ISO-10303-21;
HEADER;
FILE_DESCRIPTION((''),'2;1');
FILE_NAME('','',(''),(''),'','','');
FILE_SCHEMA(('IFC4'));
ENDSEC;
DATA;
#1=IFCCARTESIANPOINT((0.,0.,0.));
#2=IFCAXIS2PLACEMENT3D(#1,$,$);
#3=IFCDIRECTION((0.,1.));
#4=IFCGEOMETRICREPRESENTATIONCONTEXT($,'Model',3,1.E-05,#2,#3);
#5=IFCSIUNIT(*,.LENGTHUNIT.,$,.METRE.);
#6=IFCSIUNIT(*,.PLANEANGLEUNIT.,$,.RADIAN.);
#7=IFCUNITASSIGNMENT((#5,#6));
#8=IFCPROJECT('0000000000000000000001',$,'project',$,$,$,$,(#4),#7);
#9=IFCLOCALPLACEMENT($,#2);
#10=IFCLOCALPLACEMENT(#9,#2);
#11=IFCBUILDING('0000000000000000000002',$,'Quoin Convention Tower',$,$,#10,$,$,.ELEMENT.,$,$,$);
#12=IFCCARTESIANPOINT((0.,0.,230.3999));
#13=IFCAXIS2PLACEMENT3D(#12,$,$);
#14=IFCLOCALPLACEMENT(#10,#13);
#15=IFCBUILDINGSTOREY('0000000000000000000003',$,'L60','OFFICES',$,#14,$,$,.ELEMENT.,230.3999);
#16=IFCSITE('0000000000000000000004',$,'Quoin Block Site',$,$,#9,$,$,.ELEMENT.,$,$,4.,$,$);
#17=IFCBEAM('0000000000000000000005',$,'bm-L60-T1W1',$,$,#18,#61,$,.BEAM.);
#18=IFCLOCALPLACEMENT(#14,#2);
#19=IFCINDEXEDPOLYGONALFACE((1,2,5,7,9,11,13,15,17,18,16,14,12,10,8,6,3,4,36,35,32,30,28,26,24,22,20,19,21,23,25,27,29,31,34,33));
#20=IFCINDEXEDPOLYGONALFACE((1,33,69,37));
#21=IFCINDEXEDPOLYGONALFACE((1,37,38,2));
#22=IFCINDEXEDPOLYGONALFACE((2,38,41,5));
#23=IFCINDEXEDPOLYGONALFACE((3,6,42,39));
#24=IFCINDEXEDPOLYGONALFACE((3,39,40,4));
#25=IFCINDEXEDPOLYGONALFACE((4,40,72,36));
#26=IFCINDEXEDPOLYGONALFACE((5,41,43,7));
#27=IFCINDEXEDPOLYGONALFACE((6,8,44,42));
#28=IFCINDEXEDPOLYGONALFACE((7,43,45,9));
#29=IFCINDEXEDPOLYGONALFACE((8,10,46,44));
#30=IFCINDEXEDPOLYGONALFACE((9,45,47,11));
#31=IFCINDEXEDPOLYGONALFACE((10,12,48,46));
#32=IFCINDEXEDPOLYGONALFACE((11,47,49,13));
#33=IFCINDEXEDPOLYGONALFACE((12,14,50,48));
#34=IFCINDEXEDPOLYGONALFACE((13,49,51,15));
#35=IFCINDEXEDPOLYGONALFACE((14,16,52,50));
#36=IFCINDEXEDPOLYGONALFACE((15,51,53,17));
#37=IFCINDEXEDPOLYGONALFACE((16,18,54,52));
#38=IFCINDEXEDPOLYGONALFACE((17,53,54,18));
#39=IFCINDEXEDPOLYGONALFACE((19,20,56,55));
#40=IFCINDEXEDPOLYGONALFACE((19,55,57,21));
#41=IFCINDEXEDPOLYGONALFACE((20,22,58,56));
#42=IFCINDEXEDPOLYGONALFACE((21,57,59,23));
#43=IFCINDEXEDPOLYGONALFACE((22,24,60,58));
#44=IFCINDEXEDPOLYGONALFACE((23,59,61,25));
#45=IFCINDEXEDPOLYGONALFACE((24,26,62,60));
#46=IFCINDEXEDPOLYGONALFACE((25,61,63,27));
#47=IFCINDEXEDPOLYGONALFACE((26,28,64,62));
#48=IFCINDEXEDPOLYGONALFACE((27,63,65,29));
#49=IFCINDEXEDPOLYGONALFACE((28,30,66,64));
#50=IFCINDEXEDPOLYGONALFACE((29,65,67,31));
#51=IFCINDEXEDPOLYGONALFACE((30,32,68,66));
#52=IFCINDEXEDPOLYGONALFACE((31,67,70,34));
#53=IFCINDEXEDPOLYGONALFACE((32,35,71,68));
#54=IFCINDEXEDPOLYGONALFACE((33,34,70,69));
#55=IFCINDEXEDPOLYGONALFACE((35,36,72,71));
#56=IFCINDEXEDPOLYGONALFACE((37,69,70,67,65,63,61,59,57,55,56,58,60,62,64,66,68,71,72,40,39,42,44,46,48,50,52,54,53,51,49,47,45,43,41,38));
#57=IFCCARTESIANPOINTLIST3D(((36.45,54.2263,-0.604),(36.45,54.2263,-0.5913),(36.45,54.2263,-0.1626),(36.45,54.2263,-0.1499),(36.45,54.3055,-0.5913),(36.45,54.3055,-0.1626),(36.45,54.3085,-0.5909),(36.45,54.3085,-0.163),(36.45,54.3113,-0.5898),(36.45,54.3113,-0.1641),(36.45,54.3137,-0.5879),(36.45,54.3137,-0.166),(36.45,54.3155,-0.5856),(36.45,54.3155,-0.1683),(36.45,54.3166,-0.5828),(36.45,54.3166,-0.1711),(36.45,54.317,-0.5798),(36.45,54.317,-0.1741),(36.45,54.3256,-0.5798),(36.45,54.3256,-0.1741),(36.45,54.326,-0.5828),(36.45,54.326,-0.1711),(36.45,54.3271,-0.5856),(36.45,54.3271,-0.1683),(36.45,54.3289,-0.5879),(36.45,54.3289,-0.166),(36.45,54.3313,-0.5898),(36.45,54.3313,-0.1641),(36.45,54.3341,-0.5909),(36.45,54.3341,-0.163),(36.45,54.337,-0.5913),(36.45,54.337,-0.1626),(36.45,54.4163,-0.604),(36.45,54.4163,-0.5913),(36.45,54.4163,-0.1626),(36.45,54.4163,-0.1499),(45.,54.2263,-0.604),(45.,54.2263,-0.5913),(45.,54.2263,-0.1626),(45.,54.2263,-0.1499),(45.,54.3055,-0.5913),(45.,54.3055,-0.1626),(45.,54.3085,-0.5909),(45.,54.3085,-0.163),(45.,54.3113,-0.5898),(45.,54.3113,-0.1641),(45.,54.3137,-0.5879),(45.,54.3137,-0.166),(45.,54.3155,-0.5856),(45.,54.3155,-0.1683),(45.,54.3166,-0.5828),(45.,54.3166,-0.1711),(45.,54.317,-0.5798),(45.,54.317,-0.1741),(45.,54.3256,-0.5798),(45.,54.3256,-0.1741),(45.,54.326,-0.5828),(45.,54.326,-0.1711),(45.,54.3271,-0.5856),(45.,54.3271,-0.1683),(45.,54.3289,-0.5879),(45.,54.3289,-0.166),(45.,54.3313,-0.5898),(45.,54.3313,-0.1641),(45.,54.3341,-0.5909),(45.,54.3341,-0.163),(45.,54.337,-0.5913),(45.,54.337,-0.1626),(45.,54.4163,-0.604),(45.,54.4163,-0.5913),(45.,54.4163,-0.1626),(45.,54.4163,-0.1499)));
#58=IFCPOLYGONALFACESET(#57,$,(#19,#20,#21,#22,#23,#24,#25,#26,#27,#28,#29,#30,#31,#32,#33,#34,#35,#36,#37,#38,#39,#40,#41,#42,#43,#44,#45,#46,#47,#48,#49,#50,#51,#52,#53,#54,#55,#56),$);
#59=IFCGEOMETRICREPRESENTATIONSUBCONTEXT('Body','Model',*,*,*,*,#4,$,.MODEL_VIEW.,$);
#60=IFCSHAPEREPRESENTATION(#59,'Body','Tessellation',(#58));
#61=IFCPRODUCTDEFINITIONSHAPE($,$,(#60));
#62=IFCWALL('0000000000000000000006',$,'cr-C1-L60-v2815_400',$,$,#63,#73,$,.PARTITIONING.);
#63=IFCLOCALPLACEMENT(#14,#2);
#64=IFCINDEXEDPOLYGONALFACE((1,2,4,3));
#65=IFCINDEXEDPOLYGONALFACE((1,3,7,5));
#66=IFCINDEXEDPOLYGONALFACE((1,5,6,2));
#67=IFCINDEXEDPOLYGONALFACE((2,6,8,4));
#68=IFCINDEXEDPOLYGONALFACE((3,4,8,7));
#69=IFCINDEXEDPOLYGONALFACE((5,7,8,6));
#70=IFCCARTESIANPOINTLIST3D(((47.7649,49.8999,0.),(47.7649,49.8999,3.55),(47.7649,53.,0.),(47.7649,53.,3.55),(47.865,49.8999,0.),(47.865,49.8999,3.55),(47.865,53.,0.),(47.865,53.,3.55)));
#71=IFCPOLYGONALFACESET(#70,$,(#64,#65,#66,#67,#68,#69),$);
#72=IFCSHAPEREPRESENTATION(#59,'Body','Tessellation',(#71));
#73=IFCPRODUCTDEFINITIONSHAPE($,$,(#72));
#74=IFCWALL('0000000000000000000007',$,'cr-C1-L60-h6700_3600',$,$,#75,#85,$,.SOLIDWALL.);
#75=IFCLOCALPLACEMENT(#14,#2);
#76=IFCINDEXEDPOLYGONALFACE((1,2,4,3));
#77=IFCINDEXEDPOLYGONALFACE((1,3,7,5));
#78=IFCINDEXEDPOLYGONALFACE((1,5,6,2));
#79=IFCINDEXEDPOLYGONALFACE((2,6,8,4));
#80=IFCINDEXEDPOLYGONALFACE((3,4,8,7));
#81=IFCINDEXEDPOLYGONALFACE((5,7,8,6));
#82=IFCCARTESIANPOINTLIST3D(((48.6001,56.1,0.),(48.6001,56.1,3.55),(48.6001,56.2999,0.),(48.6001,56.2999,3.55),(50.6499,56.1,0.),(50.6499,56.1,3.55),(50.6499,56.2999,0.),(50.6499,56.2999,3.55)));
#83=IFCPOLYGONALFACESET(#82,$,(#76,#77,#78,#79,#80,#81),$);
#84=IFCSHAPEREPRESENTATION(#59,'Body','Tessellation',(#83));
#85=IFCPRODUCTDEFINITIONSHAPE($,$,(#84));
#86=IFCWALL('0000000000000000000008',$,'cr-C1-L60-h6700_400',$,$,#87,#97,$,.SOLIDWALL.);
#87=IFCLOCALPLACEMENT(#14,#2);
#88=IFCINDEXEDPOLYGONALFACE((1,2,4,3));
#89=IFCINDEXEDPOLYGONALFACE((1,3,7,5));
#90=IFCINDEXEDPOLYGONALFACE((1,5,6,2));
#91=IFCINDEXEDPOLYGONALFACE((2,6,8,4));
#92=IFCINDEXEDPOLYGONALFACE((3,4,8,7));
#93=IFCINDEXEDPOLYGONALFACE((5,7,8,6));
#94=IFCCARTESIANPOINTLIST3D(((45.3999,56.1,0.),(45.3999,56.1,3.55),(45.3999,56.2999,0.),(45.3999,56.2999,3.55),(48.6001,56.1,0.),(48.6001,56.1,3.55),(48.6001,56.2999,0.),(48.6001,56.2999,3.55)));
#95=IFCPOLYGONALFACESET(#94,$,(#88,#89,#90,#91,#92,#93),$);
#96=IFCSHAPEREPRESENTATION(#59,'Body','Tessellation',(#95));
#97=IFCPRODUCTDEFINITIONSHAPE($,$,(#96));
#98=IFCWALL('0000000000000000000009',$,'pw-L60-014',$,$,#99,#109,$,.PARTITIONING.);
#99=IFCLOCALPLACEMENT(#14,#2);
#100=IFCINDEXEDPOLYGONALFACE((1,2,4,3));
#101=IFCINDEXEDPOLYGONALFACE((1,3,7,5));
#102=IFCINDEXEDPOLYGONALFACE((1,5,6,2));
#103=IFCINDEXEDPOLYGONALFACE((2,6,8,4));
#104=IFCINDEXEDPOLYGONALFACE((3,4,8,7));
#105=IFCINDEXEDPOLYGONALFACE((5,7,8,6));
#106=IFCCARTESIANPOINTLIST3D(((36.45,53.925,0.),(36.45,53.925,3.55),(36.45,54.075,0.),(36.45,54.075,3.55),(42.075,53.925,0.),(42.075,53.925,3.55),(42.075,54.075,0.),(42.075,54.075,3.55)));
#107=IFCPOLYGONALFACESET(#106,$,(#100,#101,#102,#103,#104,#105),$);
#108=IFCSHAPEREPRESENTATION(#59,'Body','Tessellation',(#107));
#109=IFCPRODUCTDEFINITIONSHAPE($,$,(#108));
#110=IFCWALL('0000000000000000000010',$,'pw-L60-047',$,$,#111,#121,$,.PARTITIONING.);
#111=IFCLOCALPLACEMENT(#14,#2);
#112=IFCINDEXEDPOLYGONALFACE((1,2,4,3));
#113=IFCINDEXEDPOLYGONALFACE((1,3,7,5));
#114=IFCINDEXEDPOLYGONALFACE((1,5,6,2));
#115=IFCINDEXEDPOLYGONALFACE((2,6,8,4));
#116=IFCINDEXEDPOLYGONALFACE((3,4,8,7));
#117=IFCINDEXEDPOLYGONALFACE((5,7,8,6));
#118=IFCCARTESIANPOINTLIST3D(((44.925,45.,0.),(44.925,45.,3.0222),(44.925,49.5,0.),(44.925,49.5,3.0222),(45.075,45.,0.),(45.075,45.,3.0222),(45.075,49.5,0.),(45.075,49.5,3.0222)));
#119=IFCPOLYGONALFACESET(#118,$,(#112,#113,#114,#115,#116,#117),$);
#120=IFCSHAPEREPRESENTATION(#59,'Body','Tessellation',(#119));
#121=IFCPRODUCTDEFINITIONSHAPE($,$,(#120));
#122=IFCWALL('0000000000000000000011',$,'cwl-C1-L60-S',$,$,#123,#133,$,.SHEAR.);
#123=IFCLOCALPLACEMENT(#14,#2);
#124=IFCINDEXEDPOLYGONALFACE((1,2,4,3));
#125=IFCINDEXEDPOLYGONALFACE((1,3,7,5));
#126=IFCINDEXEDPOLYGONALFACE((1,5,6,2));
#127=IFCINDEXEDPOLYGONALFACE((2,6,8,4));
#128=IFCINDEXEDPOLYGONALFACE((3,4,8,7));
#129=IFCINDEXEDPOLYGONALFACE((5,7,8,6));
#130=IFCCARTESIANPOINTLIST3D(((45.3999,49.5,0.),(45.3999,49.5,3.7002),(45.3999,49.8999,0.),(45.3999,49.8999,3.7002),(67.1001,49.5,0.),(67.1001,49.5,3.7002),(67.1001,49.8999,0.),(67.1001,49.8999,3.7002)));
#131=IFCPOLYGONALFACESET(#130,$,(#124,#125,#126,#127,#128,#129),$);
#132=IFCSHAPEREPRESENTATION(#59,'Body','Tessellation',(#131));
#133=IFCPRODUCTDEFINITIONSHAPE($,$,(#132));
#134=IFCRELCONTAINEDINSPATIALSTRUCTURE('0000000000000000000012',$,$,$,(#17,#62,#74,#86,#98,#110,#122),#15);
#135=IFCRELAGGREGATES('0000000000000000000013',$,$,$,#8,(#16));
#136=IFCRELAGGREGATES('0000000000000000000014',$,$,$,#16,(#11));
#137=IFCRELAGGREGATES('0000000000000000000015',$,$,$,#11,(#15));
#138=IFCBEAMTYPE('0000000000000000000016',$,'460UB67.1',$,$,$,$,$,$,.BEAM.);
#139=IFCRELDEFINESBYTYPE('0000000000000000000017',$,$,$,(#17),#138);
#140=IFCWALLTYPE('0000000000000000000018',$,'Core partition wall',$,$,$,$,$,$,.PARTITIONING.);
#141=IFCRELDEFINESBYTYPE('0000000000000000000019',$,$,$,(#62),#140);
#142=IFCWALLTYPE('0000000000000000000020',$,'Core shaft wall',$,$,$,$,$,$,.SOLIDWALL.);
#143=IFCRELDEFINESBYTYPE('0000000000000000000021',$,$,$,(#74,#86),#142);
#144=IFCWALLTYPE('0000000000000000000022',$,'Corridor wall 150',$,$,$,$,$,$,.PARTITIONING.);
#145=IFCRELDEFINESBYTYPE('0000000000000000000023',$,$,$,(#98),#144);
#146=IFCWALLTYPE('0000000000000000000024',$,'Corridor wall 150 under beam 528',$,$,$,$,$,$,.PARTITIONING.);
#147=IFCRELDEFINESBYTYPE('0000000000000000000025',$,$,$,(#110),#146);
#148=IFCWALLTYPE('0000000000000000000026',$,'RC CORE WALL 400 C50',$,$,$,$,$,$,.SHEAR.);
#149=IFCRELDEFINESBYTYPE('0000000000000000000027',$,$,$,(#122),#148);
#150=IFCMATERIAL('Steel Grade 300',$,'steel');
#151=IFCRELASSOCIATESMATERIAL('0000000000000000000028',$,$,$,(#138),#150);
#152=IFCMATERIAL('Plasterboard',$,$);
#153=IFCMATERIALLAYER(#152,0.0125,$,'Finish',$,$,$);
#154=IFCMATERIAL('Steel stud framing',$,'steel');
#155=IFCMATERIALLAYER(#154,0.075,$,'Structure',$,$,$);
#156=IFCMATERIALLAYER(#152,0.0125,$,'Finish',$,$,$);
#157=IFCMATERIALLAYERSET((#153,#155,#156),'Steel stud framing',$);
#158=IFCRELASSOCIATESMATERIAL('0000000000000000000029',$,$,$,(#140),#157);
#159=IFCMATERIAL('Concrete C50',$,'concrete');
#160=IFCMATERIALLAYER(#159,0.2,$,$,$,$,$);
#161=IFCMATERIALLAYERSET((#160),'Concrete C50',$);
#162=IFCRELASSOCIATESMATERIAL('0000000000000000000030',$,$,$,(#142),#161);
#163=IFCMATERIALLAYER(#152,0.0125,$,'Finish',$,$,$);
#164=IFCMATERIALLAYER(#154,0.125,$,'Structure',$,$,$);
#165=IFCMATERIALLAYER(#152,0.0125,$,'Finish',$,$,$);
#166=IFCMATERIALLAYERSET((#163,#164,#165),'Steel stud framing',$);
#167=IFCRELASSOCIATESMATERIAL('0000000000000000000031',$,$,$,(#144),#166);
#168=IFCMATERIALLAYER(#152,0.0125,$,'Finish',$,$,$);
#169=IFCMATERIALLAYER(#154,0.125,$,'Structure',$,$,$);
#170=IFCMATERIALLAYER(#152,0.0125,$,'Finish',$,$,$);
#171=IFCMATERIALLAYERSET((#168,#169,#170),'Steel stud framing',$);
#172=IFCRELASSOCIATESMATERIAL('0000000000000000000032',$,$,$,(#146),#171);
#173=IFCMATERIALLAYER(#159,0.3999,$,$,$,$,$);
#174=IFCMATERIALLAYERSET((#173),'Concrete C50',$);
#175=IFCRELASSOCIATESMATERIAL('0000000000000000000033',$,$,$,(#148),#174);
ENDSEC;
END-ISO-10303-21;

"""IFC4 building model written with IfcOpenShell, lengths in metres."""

from ifc_helpers import new_model, si_unit, direction, frame, frame_2d, origin, origin_2d, place, context, subcontext, project, spatial, rectangle, i_section, extrude, material, layer, layer_set, material_profile, profile_set, type_object, element, save


model = new_model("IFC4")

# Units and contexts
model_context = context("Model", 3, precision=1e-05, world=origin(), true_north=direction((0.0, 1.0)))
body_context = subcontext(model_context, "Body", "Model", "MODEL_VIEW")
ifc_project = project(units=[si_unit("LENGTHUNIT", "METRE"), si_unit("PLANEANGLEUNIT", "RADIAN")], contexts=[model_context])

# Site, building, storey
site_placement = place(None, origin())
site = spatial("IfcSite", under=ifc_project, at=site_placement, Name="Quoin Block Site", CompositionType="ELEMENT", RefElevation=4.0)
building_placement = place(site_placement, origin())
building = spatial("IfcBuilding", under=site, at=building_placement, Name="Quoin Convention Tower", CompositionType="ELEMENT")
storey_placement = place(building_placement, frame((0.0, 0.0, 230.3999)))
storey = spatial("IfcBuildingStorey", under=building, at=storey_placement, Name="L60", Description="OFFICES", CompositionType="ELEMENT", Elevation=230.3999)

# Beam
ifc_material_1 = material(Name="Steel Grade 300", Category="steel")
ifc_material_profile = material_profile(ifc_material_1, i_section(OverallWidth=0.1899, OverallDepth=0.4541, WebThickness=0.0085, FlangeThickness=0.0127, FilletRadius=0.0115, at=origin_2d()), Name="460UB67.1")
ifc_profile_set = profile_set([ifc_material_profile], Name="Steel Grade 300")
beam_type = type_object("IfcBeamType", Name="460UB67.1", PredefinedType="BEAM", material=ifc_profile_set)
beam_placement = place(storey_placement, frame((36.45, 54.3213, -0.377), z_axis=(1.0, 0.0, 0.0), x_axis=(0.0, 1.0, 0.0)))
element("IfcBeam", 1, at=beam_placement, inside=storey, type_object=beam_type, Name="bm-L60-T1W1", PredefinedType="BEAM", context=body_context, shape_type="SweptSolid", body=[
    extrude(i_section(OverallWidth=0.1899, OverallDepth=0.4541, WebThickness=0.0085, FlangeThickness=0.0127, FilletRadius=0.0115, at=origin_2d()), origin(), (0.0, 0.0, 1.0), 8.55),
])

# Shared definitions
ifc_material_2 = material(Name="Plasterboard")
ifc_layer_1 = layer(ifc_material_2, 0.0125, Name="Finish")
ifc_material_3 = material(Name="Steel stud framing", Category="steel")
ifc_layer_2 = layer(ifc_material_3, 0.075, Name="Structure")
ifc_layer_3 = layer(ifc_material_2, 0.0125, Name="Finish")
ifc_layer_set_1 = layer_set([ifc_layer_1, ifc_layer_2, ifc_layer_3], Name="Steel stud framing")
wall_type_1 = type_object("IfcWallType", Name="Core partition wall", PredefinedType="PARTITIONING", material=ifc_layer_set_1)

# Walls
wall_1_placement = place(storey_placement, frame((47.8149, 49.8999, 0.0), z_axis=(0.0, 0.0, 1.0), x_axis=(0.0, 1.0, 0.0)))
element("IfcWall", 2, at=wall_1_placement, inside=storey, type_object=wall_type_1, Name="cr-C1-L60-v2815_400", PredefinedType="PARTITIONING", context=body_context, shape_type="SweptSolid", body=[
    extrude(rectangle(XDim=3.1001, YDim=0.1001, at=frame_2d((1.55, 0.0))), origin(), (0.0, 0.0, 1.0), 3.55),
])
ifc_material_4 = material(Name="Concrete C50", Category="concrete")
ifc_layer_4 = layer(ifc_material_4, 0.2)
ifc_layer_set_2 = layer_set([ifc_layer_4], Name="Concrete C50")
wall_type_2 = type_object("IfcWallType", Name="Core shaft wall", PredefinedType="SOLIDWALL", material=ifc_layer_set_2)
wall_2_placement = place(storey_placement, frame((48.6001, 56.2, 0.0), z_axis=(0.0, 0.0, 1.0), x_axis=(1.0, 0.0, 0.0)))
element("IfcWall", 3, at=wall_2_placement, inside=storey, type_object=wall_type_2, Name="cr-C1-L60-h6700_3600", PredefinedType="SOLIDWALL", context=body_context, shape_type="SweptSolid", body=[
    extrude(rectangle(XDim=2.0498, YDim=0.2, at=frame_2d((1.0249, 0.0))), origin(), (0.0, 0.0, 1.0), 3.55),
])
wall_3_placement = place(storey_placement, frame((45.3999, 56.2, 0.0), z_axis=(0.0, 0.0, 1.0), x_axis=(1.0, 0.0, 0.0)))
element("IfcWall", 4, at=wall_3_placement, inside=storey, type_object=wall_type_2, Name="cr-C1-L60-h6700_400", PredefinedType="SOLIDWALL", context=body_context, shape_type="SweptSolid", body=[
    extrude(rectangle(XDim=3.2002, YDim=0.2, at=frame_2d((1.6001, 0.0))), origin(), (0.0, 0.0, 1.0), 3.55),
])
ifc_layer_5 = layer(ifc_material_2, 0.0125, Name="Finish")
ifc_layer_6 = layer(ifc_material_3, 0.125, Name="Structure")
ifc_layer_7 = layer(ifc_material_2, 0.0125, Name="Finish")
ifc_layer_set_3 = layer_set([ifc_layer_5, ifc_layer_6, ifc_layer_7], Name="Steel stud framing")
wall_type_3 = type_object("IfcWallType", Name="Corridor wall 150", PredefinedType="PARTITIONING", material=ifc_layer_set_3)
wall_4_placement = place(storey_placement, frame((36.45, 54.0, 0.0), z_axis=(0.0, 0.0, 1.0), x_axis=(1.0, 0.0, 0.0)))
element("IfcWall", 5, at=wall_4_placement, inside=storey, type_object=wall_type_3, Name="pw-L60-014", PredefinedType="PARTITIONING", context=body_context, shape_type="SweptSolid", body=[
    extrude(rectangle(XDim=5.625, YDim=0.1499, at=frame_2d((2.8125, 0.0))), origin(), (0.0, 0.0, 1.0), 3.55),
])
ifc_layer_8 = layer(ifc_material_2, 0.0125, Name="Finish")
ifc_layer_9 = layer(ifc_material_3, 0.125, Name="Structure")
ifc_layer_10 = layer(ifc_material_2, 0.0125, Name="Finish")
ifc_layer_set_4 = layer_set([ifc_layer_8, ifc_layer_9, ifc_layer_10], Name="Steel stud framing")
wall_type_4 = type_object("IfcWallType", Name="Corridor wall 150 under beam 528", PredefinedType="PARTITIONING", material=ifc_layer_set_4)
wall_5_placement = place(storey_placement, frame((45.0, 45.0, 0.0), z_axis=(0.0, 0.0, 1.0), x_axis=(0.0, 1.0, 0.0)))
element("IfcWall", 6, at=wall_5_placement, inside=storey, type_object=wall_type_4, Name="pw-L60-047", PredefinedType="PARTITIONING", context=body_context, shape_type="SweptSolid", body=[
    extrude(rectangle(XDim=4.5, YDim=0.1499, at=frame_2d((2.25, 0.0))), origin(), (0.0, 0.0, 1.0), 3.0222),
])
ifc_layer_11 = layer(ifc_material_4, 0.3999)
ifc_layer_set_5 = layer_set([ifc_layer_11], Name="Concrete C50")
wall_type_5 = type_object("IfcWallType", Name="RC CORE WALL 400 C50", PredefinedType="SHEAR", material=ifc_layer_set_5)
wall_6_placement = place(storey_placement, frame((45.3999, 49.7, 0.0), z_axis=(0.0, 0.0, 1.0), x_axis=(1.0, 0.0, 0.0)))
element("IfcWall", 7, at=wall_6_placement, inside=storey, type_object=wall_type_5, Name="cwl-C1-L60-S", PredefinedType="SHEAR", context=body_context, shape_type="SweptSolid", body=[
    extrude(rectangle(XDim=21.7002, YDim=0.3999, at=frame_2d((10.8501, 0.0))), origin(), (0.0, 0.0, 1.0), 3.7002),
])

save(model, "model.ifc")
